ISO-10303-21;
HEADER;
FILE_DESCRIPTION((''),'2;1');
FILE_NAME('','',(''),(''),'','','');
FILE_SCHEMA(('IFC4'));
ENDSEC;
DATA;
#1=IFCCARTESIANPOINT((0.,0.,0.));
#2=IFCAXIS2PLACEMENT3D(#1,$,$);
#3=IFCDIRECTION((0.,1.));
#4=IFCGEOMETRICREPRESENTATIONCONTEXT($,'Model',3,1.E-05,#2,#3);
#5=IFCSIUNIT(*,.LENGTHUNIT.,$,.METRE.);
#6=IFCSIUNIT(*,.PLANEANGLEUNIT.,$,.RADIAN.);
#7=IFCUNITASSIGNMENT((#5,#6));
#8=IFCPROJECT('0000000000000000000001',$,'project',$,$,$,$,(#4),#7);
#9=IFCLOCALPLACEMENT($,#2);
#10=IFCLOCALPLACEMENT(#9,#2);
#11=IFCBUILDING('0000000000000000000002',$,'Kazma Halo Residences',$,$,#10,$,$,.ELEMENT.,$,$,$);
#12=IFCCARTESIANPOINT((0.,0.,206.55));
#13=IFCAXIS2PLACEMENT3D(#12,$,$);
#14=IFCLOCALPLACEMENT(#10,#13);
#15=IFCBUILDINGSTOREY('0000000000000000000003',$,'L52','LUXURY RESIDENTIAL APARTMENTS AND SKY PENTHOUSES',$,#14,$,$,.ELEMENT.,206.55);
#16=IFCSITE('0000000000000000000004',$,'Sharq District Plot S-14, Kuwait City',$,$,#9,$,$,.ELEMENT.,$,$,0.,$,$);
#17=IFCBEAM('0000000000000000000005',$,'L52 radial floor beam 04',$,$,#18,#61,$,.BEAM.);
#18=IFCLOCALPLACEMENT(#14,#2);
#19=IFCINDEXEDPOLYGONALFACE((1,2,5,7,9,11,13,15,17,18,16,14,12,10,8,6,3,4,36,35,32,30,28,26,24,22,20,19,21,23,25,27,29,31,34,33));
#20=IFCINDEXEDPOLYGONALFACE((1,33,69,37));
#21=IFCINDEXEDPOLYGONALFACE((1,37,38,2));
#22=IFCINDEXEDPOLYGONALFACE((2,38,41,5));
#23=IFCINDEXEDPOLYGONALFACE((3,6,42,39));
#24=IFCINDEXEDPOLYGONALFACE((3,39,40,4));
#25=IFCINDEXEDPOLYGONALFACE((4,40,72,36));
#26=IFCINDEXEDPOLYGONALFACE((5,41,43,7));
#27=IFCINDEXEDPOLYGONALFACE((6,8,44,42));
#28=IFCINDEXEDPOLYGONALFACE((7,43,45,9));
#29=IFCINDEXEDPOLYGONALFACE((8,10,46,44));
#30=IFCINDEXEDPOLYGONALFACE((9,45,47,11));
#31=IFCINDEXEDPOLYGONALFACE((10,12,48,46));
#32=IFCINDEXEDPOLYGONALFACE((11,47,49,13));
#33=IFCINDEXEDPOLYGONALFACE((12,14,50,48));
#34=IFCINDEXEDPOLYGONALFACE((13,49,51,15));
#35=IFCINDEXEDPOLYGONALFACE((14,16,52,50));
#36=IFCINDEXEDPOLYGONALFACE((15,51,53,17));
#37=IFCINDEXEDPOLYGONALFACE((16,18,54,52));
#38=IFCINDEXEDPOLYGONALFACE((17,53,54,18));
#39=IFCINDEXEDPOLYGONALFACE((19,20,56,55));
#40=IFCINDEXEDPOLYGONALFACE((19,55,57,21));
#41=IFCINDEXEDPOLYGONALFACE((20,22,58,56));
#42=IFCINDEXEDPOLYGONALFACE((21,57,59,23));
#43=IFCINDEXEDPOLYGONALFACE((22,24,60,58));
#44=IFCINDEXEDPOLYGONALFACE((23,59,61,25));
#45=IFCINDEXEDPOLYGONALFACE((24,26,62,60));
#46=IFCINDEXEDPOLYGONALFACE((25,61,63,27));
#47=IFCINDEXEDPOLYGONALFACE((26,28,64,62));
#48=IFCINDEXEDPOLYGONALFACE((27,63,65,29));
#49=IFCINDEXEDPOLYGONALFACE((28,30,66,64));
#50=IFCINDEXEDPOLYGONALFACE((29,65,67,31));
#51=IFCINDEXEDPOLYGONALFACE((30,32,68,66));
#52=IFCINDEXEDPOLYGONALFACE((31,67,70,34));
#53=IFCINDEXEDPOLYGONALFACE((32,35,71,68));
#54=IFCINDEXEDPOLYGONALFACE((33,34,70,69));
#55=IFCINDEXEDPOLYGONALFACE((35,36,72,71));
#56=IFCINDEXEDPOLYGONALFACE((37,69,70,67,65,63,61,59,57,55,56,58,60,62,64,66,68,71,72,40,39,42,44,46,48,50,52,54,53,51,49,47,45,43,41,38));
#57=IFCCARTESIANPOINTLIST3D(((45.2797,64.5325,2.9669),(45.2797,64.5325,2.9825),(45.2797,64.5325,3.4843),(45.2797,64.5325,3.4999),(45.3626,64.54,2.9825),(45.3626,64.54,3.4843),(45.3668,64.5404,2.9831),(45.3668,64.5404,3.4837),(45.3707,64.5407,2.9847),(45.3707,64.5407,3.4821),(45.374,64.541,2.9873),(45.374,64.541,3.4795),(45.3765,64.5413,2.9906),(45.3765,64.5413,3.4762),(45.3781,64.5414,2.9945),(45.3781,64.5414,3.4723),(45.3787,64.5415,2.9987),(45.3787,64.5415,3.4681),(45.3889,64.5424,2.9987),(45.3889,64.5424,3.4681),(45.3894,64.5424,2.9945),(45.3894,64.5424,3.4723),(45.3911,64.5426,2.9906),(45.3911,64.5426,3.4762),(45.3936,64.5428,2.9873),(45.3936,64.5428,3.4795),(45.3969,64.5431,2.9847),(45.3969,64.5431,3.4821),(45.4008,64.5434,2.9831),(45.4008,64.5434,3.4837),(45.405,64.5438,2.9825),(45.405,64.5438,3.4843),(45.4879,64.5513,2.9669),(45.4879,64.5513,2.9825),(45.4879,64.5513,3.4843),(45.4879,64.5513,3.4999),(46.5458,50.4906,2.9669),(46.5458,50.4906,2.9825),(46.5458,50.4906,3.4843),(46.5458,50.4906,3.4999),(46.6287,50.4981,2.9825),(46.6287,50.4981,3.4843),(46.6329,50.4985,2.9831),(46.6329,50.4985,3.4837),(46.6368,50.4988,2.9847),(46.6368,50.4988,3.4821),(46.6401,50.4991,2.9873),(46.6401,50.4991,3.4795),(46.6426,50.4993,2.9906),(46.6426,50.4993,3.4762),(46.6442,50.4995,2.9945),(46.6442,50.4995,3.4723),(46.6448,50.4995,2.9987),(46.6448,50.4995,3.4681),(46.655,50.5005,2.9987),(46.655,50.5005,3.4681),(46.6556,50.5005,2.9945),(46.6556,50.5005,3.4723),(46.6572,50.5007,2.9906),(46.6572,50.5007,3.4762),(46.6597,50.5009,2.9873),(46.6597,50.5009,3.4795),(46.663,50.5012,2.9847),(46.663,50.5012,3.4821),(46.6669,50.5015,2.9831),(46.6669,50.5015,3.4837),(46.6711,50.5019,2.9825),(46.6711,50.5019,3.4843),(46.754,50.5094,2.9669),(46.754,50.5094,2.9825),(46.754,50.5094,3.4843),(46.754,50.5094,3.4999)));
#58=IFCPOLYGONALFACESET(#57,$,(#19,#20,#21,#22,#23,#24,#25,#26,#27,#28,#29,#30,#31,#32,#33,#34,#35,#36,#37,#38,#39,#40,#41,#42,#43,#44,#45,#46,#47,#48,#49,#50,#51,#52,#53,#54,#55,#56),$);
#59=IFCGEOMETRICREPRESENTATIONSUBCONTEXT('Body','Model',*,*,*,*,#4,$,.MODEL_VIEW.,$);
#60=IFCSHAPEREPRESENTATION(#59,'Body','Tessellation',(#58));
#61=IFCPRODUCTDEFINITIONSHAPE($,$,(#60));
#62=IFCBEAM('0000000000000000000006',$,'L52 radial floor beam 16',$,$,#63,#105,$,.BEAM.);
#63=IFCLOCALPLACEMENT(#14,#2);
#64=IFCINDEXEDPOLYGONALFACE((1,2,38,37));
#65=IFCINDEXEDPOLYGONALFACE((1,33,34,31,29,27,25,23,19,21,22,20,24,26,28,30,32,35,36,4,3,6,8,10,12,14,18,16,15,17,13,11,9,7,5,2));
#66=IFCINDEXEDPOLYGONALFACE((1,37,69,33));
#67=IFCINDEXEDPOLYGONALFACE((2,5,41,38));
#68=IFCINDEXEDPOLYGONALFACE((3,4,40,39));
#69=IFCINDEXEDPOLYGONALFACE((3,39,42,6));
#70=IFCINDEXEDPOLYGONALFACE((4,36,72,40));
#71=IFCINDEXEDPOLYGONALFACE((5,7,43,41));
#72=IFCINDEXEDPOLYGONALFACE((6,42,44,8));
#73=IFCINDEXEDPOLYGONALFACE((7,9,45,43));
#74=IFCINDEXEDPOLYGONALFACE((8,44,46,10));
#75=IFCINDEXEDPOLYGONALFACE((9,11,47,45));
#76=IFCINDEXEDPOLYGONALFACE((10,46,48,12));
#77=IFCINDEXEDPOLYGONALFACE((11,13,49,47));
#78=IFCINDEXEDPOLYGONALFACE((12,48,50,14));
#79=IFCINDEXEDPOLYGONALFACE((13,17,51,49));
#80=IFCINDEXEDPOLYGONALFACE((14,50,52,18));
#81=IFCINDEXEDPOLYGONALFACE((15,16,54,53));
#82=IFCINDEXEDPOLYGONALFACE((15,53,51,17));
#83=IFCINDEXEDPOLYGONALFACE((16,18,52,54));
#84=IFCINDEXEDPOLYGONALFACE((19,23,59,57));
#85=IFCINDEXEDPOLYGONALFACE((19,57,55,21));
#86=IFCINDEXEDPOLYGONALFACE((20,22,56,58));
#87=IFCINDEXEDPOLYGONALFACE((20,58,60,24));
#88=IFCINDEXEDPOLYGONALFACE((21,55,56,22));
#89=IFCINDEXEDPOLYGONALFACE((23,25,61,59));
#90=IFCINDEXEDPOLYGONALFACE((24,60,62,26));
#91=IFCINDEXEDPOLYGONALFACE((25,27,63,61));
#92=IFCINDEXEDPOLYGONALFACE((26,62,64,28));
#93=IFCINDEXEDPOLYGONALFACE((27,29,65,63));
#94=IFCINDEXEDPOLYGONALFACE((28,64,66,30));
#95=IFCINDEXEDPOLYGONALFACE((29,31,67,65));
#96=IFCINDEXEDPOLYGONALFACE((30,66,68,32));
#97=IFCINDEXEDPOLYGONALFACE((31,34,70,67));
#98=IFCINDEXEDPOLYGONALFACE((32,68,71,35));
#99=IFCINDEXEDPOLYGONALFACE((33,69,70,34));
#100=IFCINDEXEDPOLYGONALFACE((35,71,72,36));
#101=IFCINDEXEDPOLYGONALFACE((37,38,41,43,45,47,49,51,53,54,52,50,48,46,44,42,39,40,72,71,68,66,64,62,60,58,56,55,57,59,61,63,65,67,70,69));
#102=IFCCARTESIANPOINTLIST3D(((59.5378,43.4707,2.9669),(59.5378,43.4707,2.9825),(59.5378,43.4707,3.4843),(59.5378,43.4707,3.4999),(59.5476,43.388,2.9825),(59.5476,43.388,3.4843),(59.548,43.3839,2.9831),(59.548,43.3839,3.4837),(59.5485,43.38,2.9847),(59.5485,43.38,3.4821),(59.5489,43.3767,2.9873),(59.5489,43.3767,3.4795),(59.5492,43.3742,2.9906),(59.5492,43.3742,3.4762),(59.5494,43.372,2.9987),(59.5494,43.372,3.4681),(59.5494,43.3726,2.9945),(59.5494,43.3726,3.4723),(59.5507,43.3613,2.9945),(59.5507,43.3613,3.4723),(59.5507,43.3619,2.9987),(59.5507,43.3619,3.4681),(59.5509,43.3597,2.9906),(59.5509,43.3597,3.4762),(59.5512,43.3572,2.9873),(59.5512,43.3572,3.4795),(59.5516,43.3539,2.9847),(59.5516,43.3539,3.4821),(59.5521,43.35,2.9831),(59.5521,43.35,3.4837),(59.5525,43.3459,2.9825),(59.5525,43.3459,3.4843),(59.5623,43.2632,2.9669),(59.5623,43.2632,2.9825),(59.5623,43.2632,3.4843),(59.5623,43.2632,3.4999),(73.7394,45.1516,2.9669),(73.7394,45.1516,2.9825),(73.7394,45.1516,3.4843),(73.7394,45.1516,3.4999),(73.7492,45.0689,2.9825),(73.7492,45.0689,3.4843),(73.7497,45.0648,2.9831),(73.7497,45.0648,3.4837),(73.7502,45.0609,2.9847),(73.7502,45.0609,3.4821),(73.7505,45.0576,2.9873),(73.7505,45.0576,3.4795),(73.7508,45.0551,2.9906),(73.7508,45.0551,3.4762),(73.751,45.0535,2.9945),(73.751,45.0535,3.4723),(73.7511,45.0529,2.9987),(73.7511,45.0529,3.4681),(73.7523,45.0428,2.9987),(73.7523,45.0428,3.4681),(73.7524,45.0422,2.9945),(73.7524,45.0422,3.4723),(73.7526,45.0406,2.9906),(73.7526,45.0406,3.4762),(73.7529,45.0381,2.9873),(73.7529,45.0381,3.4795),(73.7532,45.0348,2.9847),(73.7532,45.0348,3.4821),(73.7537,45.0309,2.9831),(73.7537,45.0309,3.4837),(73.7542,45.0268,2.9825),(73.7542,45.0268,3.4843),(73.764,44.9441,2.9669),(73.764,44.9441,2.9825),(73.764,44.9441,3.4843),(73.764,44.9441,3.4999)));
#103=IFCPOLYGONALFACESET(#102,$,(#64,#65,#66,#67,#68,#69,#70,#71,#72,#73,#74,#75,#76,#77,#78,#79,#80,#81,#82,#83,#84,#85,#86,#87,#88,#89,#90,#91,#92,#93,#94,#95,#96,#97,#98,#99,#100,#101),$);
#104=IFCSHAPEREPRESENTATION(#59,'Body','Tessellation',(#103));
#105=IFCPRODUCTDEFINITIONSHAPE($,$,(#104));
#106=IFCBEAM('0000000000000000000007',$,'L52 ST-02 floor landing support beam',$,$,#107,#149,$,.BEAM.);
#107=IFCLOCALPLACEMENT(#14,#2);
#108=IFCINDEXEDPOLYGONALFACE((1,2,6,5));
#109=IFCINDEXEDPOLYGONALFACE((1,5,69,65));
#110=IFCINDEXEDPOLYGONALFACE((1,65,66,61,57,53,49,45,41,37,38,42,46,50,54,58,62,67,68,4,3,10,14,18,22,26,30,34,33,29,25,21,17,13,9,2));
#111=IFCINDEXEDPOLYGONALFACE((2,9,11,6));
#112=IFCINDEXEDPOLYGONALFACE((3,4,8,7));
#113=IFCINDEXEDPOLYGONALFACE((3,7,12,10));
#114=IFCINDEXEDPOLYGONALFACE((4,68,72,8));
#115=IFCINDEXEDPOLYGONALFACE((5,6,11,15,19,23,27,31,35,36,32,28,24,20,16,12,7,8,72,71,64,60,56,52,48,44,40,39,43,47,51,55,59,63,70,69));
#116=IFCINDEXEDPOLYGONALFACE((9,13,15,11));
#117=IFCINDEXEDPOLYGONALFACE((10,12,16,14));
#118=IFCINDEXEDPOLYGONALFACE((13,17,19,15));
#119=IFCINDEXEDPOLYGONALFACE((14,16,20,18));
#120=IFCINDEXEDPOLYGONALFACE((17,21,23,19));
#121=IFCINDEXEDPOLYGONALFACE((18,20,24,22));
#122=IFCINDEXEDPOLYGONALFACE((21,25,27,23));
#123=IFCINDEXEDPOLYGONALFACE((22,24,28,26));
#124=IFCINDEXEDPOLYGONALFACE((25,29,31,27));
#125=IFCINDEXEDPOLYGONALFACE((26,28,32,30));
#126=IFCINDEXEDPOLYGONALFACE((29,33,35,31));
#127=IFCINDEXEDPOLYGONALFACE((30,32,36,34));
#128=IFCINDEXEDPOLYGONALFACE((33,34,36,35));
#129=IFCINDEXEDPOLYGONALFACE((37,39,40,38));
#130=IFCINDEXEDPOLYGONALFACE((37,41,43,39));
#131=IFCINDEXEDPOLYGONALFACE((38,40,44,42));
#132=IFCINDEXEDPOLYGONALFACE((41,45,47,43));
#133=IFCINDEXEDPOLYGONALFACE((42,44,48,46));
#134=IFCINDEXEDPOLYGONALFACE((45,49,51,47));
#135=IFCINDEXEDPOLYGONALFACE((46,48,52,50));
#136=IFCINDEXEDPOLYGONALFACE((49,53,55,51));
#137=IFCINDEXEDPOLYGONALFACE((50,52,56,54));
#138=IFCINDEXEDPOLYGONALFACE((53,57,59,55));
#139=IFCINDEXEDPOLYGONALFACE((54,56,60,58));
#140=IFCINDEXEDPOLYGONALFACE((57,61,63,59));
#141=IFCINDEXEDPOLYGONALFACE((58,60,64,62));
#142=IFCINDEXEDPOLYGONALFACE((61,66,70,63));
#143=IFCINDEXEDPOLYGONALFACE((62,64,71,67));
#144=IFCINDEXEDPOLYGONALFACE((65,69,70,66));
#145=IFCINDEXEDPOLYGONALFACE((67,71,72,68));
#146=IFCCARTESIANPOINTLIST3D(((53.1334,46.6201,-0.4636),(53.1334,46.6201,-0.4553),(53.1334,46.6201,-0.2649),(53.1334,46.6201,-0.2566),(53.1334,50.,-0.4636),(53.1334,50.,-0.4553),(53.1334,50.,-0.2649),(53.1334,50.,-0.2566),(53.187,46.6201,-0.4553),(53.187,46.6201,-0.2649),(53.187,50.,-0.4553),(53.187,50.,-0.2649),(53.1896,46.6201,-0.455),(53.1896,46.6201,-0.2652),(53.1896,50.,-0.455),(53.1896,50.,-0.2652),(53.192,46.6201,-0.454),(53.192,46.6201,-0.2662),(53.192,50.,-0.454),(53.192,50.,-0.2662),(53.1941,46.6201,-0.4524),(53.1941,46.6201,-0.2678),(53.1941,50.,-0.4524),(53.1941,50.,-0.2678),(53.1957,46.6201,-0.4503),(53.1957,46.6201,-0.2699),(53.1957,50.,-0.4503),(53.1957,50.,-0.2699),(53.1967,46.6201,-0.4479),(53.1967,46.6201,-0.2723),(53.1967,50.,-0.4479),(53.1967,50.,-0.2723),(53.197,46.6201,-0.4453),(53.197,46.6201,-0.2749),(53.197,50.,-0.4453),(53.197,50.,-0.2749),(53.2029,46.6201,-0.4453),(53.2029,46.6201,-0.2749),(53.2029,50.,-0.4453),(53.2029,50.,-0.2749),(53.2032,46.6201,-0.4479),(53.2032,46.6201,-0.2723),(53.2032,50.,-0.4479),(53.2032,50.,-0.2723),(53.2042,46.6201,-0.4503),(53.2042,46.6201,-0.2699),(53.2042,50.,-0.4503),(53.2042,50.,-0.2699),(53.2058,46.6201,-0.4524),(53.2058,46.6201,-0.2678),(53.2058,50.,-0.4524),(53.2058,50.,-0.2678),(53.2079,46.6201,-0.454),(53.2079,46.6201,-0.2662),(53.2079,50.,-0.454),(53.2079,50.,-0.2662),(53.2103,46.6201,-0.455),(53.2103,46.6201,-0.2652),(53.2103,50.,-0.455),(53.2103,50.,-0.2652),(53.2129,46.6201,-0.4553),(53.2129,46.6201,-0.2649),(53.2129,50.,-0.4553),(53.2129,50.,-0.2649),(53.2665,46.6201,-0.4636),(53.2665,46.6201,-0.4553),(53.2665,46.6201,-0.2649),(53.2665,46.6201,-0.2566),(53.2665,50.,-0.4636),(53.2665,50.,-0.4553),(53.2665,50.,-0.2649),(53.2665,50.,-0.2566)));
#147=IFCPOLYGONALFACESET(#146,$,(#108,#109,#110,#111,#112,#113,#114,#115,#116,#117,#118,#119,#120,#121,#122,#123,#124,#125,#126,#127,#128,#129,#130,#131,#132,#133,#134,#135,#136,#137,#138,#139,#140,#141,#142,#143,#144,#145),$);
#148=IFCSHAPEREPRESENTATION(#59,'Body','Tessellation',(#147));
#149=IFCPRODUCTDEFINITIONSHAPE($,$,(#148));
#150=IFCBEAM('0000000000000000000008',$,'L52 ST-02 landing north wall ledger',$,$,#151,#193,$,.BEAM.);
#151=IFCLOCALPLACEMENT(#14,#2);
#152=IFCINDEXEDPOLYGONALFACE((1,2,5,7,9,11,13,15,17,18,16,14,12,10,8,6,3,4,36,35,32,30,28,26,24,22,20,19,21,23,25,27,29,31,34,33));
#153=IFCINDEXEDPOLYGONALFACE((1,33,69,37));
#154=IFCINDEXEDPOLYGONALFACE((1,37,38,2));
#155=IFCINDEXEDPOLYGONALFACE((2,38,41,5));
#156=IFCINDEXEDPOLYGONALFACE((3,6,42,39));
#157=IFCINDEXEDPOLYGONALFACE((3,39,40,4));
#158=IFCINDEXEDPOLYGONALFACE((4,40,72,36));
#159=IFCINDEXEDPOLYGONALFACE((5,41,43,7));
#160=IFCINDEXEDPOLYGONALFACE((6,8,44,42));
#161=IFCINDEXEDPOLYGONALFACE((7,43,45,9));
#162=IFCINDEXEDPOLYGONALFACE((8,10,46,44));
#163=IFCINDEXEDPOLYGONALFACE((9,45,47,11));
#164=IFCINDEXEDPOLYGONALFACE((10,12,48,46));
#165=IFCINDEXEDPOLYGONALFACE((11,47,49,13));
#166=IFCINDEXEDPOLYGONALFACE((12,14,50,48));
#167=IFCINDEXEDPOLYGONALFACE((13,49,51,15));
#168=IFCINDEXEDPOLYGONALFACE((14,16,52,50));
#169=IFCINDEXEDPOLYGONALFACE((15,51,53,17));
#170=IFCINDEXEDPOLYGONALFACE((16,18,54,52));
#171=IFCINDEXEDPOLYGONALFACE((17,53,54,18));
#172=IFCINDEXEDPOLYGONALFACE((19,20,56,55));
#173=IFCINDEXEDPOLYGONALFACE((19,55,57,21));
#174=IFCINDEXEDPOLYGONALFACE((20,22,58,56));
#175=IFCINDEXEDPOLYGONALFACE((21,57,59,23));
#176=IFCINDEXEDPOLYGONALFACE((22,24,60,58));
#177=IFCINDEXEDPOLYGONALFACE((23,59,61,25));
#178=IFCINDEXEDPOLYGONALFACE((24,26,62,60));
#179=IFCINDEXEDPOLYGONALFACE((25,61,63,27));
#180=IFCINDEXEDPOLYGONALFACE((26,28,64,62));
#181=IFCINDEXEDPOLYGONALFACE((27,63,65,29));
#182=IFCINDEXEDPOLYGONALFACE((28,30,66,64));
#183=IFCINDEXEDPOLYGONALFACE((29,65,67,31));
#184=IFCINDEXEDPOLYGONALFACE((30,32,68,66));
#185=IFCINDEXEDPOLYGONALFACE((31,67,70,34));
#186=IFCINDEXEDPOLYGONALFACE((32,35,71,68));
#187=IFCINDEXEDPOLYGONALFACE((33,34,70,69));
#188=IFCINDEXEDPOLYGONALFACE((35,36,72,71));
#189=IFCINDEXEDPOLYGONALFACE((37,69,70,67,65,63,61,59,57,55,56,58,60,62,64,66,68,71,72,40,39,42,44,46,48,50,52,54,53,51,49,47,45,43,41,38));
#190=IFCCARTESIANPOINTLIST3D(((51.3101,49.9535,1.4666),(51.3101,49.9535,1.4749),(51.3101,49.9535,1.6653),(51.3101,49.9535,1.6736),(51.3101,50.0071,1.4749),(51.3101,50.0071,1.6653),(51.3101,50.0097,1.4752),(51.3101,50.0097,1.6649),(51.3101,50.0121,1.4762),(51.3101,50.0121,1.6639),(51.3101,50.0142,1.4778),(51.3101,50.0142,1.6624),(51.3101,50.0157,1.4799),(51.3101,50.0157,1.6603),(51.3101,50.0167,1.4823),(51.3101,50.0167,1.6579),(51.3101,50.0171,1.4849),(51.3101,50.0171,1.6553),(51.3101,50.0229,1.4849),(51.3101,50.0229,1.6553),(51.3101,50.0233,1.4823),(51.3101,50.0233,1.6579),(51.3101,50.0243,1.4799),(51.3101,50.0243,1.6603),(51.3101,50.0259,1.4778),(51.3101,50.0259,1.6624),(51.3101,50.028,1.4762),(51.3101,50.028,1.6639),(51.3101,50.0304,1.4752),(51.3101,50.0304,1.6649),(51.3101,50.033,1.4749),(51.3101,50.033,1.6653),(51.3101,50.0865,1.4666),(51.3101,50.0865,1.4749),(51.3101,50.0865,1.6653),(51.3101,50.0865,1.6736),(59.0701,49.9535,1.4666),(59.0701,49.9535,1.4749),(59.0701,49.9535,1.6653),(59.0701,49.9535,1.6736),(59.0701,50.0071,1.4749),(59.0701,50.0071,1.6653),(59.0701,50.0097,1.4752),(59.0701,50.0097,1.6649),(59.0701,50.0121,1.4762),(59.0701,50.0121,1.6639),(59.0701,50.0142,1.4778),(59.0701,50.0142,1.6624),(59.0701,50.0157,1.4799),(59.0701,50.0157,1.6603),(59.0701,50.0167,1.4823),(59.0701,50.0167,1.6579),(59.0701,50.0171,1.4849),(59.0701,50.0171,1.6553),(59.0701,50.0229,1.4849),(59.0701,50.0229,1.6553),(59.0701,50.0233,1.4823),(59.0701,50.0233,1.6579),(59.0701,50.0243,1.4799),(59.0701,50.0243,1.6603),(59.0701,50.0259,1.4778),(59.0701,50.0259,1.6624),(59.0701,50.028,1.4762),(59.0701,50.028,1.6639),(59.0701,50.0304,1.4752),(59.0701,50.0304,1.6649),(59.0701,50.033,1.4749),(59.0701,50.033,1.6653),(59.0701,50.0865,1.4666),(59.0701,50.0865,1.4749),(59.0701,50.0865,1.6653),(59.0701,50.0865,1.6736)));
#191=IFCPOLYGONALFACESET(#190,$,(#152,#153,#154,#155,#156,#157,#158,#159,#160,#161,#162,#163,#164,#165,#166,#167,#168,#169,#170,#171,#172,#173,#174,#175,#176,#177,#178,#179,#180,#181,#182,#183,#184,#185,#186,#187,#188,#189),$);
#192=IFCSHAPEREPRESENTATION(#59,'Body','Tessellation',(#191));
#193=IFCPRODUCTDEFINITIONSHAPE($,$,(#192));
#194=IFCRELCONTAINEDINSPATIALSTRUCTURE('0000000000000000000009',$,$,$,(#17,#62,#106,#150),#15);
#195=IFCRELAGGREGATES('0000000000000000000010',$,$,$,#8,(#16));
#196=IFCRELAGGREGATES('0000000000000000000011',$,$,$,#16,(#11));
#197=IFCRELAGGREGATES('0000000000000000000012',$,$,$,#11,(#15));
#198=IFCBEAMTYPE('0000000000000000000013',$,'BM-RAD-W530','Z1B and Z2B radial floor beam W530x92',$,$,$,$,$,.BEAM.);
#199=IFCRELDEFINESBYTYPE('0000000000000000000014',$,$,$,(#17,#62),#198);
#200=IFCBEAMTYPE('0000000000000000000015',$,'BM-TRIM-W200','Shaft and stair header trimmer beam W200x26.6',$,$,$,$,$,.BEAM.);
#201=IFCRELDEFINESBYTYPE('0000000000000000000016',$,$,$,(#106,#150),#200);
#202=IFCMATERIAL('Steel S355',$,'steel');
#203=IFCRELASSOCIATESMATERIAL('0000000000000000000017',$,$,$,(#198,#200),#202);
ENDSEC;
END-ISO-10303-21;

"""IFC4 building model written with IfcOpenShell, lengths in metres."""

from ifc_helpers import new_model, si_unit, direction, frame, origin, origin_2d, place, context, subcontext, project, spatial, i_section, extrude, material, material_profile, profile_set, type_object, element, save


model = new_model("IFC4")

# Units and contexts
model_context = context("Model", 3, precision=1e-05, world=origin(), true_north=direction((0.0, 1.0)))
body_context = subcontext(model_context, "Body", "Model", "MODEL_VIEW")
ifc_project = project(units=[si_unit("LENGTHUNIT", "METRE"), si_unit("PLANEANGLEUNIT", "RADIAN")], contexts=[model_context])

# Site, building, storey
site_placement = place(None, origin())
site = spatial("IfcSite", under=ifc_project, at=site_placement, Name="Sharq District Plot S-14, Kuwait City", CompositionType="ELEMENT", RefElevation=0.0)
building_placement = place(site_placement, origin())
building = spatial("IfcBuilding", under=site, at=building_placement, Name="Kazma Halo Residences", CompositionType="ELEMENT")
storey_placement = place(building_placement, frame((0.0, 0.0, 206.55)))
storey = spatial("IfcBuildingStorey", under=building, at=storey_placement, Name="L52", Description="LUXURY RESIDENTIAL APARTMENTS AND SKY PENTHOUSES", CompositionType="ELEMENT", Elevation=206.55)

# Shared definitions
ifc_material_1 = material(Name="Steel S355", Category="steel")

# Beams
ifc_material_profile_1 = material_profile(ifc_material_1, i_section(OverallWidth=0.209, OverallDepth=0.533, WebThickness=0.0103, FlangeThickness=0.0156, FilletRadius=0.0161, at=origin_2d()), Name="W530x92")
ifc_profile_set_1 = profile_set([ifc_material_profile_1], Name="Steel S355")
beam_type_1 = type_object("IfcBeamType", Name="BM-RAD-W530", Description="Z1B and Z2B radial floor beam W530x92", PredefinedType="BEAM", material=ifc_profile_set_1)
beam_1_placement = place(storey_placement, frame((46.6499, 50.5, 3.2334), z_axis=(-0.089802, 0.99596, 0.0), x_axis=(-0.99596, -0.089802, 0.0)))
element("IfcBeam", 1, at=beam_1_placement, inside=storey, type_object=beam_type_1, Name="L52 radial floor beam 04", PredefinedType="BEAM", context=body_context, shape_type="SweptSolid", body=[
    extrude(i_section(OverallWidth=0.209, OverallDepth=0.533, WebThickness=0.0103, FlangeThickness=0.0156, FilletRadius=0.0161, at=origin_2d()), origin(), (0.0, 0.0, 1.0), 14.0989),
])
beam_2_placement = place(storey_placement, frame((59.55, 43.3669, 3.2334), z_axis=(0.993068, 0.11754, 0.0), x_axis=(-0.11754, 0.993068, 0.0)))
element("IfcBeam", 2, at=beam_2_placement, inside=storey, type_object=beam_type_1, Name="L52 radial floor beam 16", PredefinedType="BEAM", context=body_context, shape_type="SweptSolid", body=[
    extrude(i_section(OverallWidth=0.209, OverallDepth=0.533, WebThickness=0.0103, FlangeThickness=0.0156, FilletRadius=0.0161, at=origin_2d()), origin(), (0.0, 0.0, 1.0), 14.3008),
])
ifc_material_profile_2 = material_profile(ifc_material_1, i_section(OverallWidth=0.1331, OverallDepth=0.207, WebThickness=0.0059, FlangeThickness=0.0083, FilletRadius=0.01, at=origin_2d()), Name="W200x26.6")
ifc_profile_set_2 = profile_set([ifc_material_profile_2], Name="Steel S355")
beam_type_2 = type_object("IfcBeamType", Name="BM-TRIM-W200", Description="Shaft and stair header trimmer beam W200x26.6", PredefinedType="BEAM", material=ifc_profile_set_2)
beam_3_placement = place(storey_placement, frame((53.2, 46.6201, -0.3601), z_axis=(0.0, 1.0, 0.0), x_axis=(-1.0, 0.0, 0.0)))
element("IfcBeam", 3, at=beam_3_placement, inside=storey, type_object=beam_type_2, Name="L52 ST-02 floor landing support beam", PredefinedType="BEAM", context=body_context, shape_type="SweptSolid", body=[
    extrude(i_section(OverallWidth=0.1331, OverallDepth=0.207, WebThickness=0.0059, FlangeThickness=0.0083, FilletRadius=0.01, at=origin_2d()), origin(), (0.0, 0.0, 1.0), 3.3799),
])
beam_4_placement = place(storey_placement, frame((51.3101, 50.02, 1.5701), z_axis=(1.0, 0.0, 0.0), x_axis=(0.0, 1.0, 0.0)))
element("IfcBeam", 4, at=beam_4_placement, inside=storey, type_object=beam_type_2, Name="L52 ST-02 landing north wall ledger", PredefinedType="BEAM", context=body_context, shape_type="SweptSolid", body=[
    extrude(i_section(OverallWidth=0.1331, OverallDepth=0.207, WebThickness=0.0059, FlangeThickness=0.0083, FilletRadius=0.01, at=origin_2d()), origin(), (0.0, 0.0, 1.0), 7.76),
])

save(model, "model.ifc")
